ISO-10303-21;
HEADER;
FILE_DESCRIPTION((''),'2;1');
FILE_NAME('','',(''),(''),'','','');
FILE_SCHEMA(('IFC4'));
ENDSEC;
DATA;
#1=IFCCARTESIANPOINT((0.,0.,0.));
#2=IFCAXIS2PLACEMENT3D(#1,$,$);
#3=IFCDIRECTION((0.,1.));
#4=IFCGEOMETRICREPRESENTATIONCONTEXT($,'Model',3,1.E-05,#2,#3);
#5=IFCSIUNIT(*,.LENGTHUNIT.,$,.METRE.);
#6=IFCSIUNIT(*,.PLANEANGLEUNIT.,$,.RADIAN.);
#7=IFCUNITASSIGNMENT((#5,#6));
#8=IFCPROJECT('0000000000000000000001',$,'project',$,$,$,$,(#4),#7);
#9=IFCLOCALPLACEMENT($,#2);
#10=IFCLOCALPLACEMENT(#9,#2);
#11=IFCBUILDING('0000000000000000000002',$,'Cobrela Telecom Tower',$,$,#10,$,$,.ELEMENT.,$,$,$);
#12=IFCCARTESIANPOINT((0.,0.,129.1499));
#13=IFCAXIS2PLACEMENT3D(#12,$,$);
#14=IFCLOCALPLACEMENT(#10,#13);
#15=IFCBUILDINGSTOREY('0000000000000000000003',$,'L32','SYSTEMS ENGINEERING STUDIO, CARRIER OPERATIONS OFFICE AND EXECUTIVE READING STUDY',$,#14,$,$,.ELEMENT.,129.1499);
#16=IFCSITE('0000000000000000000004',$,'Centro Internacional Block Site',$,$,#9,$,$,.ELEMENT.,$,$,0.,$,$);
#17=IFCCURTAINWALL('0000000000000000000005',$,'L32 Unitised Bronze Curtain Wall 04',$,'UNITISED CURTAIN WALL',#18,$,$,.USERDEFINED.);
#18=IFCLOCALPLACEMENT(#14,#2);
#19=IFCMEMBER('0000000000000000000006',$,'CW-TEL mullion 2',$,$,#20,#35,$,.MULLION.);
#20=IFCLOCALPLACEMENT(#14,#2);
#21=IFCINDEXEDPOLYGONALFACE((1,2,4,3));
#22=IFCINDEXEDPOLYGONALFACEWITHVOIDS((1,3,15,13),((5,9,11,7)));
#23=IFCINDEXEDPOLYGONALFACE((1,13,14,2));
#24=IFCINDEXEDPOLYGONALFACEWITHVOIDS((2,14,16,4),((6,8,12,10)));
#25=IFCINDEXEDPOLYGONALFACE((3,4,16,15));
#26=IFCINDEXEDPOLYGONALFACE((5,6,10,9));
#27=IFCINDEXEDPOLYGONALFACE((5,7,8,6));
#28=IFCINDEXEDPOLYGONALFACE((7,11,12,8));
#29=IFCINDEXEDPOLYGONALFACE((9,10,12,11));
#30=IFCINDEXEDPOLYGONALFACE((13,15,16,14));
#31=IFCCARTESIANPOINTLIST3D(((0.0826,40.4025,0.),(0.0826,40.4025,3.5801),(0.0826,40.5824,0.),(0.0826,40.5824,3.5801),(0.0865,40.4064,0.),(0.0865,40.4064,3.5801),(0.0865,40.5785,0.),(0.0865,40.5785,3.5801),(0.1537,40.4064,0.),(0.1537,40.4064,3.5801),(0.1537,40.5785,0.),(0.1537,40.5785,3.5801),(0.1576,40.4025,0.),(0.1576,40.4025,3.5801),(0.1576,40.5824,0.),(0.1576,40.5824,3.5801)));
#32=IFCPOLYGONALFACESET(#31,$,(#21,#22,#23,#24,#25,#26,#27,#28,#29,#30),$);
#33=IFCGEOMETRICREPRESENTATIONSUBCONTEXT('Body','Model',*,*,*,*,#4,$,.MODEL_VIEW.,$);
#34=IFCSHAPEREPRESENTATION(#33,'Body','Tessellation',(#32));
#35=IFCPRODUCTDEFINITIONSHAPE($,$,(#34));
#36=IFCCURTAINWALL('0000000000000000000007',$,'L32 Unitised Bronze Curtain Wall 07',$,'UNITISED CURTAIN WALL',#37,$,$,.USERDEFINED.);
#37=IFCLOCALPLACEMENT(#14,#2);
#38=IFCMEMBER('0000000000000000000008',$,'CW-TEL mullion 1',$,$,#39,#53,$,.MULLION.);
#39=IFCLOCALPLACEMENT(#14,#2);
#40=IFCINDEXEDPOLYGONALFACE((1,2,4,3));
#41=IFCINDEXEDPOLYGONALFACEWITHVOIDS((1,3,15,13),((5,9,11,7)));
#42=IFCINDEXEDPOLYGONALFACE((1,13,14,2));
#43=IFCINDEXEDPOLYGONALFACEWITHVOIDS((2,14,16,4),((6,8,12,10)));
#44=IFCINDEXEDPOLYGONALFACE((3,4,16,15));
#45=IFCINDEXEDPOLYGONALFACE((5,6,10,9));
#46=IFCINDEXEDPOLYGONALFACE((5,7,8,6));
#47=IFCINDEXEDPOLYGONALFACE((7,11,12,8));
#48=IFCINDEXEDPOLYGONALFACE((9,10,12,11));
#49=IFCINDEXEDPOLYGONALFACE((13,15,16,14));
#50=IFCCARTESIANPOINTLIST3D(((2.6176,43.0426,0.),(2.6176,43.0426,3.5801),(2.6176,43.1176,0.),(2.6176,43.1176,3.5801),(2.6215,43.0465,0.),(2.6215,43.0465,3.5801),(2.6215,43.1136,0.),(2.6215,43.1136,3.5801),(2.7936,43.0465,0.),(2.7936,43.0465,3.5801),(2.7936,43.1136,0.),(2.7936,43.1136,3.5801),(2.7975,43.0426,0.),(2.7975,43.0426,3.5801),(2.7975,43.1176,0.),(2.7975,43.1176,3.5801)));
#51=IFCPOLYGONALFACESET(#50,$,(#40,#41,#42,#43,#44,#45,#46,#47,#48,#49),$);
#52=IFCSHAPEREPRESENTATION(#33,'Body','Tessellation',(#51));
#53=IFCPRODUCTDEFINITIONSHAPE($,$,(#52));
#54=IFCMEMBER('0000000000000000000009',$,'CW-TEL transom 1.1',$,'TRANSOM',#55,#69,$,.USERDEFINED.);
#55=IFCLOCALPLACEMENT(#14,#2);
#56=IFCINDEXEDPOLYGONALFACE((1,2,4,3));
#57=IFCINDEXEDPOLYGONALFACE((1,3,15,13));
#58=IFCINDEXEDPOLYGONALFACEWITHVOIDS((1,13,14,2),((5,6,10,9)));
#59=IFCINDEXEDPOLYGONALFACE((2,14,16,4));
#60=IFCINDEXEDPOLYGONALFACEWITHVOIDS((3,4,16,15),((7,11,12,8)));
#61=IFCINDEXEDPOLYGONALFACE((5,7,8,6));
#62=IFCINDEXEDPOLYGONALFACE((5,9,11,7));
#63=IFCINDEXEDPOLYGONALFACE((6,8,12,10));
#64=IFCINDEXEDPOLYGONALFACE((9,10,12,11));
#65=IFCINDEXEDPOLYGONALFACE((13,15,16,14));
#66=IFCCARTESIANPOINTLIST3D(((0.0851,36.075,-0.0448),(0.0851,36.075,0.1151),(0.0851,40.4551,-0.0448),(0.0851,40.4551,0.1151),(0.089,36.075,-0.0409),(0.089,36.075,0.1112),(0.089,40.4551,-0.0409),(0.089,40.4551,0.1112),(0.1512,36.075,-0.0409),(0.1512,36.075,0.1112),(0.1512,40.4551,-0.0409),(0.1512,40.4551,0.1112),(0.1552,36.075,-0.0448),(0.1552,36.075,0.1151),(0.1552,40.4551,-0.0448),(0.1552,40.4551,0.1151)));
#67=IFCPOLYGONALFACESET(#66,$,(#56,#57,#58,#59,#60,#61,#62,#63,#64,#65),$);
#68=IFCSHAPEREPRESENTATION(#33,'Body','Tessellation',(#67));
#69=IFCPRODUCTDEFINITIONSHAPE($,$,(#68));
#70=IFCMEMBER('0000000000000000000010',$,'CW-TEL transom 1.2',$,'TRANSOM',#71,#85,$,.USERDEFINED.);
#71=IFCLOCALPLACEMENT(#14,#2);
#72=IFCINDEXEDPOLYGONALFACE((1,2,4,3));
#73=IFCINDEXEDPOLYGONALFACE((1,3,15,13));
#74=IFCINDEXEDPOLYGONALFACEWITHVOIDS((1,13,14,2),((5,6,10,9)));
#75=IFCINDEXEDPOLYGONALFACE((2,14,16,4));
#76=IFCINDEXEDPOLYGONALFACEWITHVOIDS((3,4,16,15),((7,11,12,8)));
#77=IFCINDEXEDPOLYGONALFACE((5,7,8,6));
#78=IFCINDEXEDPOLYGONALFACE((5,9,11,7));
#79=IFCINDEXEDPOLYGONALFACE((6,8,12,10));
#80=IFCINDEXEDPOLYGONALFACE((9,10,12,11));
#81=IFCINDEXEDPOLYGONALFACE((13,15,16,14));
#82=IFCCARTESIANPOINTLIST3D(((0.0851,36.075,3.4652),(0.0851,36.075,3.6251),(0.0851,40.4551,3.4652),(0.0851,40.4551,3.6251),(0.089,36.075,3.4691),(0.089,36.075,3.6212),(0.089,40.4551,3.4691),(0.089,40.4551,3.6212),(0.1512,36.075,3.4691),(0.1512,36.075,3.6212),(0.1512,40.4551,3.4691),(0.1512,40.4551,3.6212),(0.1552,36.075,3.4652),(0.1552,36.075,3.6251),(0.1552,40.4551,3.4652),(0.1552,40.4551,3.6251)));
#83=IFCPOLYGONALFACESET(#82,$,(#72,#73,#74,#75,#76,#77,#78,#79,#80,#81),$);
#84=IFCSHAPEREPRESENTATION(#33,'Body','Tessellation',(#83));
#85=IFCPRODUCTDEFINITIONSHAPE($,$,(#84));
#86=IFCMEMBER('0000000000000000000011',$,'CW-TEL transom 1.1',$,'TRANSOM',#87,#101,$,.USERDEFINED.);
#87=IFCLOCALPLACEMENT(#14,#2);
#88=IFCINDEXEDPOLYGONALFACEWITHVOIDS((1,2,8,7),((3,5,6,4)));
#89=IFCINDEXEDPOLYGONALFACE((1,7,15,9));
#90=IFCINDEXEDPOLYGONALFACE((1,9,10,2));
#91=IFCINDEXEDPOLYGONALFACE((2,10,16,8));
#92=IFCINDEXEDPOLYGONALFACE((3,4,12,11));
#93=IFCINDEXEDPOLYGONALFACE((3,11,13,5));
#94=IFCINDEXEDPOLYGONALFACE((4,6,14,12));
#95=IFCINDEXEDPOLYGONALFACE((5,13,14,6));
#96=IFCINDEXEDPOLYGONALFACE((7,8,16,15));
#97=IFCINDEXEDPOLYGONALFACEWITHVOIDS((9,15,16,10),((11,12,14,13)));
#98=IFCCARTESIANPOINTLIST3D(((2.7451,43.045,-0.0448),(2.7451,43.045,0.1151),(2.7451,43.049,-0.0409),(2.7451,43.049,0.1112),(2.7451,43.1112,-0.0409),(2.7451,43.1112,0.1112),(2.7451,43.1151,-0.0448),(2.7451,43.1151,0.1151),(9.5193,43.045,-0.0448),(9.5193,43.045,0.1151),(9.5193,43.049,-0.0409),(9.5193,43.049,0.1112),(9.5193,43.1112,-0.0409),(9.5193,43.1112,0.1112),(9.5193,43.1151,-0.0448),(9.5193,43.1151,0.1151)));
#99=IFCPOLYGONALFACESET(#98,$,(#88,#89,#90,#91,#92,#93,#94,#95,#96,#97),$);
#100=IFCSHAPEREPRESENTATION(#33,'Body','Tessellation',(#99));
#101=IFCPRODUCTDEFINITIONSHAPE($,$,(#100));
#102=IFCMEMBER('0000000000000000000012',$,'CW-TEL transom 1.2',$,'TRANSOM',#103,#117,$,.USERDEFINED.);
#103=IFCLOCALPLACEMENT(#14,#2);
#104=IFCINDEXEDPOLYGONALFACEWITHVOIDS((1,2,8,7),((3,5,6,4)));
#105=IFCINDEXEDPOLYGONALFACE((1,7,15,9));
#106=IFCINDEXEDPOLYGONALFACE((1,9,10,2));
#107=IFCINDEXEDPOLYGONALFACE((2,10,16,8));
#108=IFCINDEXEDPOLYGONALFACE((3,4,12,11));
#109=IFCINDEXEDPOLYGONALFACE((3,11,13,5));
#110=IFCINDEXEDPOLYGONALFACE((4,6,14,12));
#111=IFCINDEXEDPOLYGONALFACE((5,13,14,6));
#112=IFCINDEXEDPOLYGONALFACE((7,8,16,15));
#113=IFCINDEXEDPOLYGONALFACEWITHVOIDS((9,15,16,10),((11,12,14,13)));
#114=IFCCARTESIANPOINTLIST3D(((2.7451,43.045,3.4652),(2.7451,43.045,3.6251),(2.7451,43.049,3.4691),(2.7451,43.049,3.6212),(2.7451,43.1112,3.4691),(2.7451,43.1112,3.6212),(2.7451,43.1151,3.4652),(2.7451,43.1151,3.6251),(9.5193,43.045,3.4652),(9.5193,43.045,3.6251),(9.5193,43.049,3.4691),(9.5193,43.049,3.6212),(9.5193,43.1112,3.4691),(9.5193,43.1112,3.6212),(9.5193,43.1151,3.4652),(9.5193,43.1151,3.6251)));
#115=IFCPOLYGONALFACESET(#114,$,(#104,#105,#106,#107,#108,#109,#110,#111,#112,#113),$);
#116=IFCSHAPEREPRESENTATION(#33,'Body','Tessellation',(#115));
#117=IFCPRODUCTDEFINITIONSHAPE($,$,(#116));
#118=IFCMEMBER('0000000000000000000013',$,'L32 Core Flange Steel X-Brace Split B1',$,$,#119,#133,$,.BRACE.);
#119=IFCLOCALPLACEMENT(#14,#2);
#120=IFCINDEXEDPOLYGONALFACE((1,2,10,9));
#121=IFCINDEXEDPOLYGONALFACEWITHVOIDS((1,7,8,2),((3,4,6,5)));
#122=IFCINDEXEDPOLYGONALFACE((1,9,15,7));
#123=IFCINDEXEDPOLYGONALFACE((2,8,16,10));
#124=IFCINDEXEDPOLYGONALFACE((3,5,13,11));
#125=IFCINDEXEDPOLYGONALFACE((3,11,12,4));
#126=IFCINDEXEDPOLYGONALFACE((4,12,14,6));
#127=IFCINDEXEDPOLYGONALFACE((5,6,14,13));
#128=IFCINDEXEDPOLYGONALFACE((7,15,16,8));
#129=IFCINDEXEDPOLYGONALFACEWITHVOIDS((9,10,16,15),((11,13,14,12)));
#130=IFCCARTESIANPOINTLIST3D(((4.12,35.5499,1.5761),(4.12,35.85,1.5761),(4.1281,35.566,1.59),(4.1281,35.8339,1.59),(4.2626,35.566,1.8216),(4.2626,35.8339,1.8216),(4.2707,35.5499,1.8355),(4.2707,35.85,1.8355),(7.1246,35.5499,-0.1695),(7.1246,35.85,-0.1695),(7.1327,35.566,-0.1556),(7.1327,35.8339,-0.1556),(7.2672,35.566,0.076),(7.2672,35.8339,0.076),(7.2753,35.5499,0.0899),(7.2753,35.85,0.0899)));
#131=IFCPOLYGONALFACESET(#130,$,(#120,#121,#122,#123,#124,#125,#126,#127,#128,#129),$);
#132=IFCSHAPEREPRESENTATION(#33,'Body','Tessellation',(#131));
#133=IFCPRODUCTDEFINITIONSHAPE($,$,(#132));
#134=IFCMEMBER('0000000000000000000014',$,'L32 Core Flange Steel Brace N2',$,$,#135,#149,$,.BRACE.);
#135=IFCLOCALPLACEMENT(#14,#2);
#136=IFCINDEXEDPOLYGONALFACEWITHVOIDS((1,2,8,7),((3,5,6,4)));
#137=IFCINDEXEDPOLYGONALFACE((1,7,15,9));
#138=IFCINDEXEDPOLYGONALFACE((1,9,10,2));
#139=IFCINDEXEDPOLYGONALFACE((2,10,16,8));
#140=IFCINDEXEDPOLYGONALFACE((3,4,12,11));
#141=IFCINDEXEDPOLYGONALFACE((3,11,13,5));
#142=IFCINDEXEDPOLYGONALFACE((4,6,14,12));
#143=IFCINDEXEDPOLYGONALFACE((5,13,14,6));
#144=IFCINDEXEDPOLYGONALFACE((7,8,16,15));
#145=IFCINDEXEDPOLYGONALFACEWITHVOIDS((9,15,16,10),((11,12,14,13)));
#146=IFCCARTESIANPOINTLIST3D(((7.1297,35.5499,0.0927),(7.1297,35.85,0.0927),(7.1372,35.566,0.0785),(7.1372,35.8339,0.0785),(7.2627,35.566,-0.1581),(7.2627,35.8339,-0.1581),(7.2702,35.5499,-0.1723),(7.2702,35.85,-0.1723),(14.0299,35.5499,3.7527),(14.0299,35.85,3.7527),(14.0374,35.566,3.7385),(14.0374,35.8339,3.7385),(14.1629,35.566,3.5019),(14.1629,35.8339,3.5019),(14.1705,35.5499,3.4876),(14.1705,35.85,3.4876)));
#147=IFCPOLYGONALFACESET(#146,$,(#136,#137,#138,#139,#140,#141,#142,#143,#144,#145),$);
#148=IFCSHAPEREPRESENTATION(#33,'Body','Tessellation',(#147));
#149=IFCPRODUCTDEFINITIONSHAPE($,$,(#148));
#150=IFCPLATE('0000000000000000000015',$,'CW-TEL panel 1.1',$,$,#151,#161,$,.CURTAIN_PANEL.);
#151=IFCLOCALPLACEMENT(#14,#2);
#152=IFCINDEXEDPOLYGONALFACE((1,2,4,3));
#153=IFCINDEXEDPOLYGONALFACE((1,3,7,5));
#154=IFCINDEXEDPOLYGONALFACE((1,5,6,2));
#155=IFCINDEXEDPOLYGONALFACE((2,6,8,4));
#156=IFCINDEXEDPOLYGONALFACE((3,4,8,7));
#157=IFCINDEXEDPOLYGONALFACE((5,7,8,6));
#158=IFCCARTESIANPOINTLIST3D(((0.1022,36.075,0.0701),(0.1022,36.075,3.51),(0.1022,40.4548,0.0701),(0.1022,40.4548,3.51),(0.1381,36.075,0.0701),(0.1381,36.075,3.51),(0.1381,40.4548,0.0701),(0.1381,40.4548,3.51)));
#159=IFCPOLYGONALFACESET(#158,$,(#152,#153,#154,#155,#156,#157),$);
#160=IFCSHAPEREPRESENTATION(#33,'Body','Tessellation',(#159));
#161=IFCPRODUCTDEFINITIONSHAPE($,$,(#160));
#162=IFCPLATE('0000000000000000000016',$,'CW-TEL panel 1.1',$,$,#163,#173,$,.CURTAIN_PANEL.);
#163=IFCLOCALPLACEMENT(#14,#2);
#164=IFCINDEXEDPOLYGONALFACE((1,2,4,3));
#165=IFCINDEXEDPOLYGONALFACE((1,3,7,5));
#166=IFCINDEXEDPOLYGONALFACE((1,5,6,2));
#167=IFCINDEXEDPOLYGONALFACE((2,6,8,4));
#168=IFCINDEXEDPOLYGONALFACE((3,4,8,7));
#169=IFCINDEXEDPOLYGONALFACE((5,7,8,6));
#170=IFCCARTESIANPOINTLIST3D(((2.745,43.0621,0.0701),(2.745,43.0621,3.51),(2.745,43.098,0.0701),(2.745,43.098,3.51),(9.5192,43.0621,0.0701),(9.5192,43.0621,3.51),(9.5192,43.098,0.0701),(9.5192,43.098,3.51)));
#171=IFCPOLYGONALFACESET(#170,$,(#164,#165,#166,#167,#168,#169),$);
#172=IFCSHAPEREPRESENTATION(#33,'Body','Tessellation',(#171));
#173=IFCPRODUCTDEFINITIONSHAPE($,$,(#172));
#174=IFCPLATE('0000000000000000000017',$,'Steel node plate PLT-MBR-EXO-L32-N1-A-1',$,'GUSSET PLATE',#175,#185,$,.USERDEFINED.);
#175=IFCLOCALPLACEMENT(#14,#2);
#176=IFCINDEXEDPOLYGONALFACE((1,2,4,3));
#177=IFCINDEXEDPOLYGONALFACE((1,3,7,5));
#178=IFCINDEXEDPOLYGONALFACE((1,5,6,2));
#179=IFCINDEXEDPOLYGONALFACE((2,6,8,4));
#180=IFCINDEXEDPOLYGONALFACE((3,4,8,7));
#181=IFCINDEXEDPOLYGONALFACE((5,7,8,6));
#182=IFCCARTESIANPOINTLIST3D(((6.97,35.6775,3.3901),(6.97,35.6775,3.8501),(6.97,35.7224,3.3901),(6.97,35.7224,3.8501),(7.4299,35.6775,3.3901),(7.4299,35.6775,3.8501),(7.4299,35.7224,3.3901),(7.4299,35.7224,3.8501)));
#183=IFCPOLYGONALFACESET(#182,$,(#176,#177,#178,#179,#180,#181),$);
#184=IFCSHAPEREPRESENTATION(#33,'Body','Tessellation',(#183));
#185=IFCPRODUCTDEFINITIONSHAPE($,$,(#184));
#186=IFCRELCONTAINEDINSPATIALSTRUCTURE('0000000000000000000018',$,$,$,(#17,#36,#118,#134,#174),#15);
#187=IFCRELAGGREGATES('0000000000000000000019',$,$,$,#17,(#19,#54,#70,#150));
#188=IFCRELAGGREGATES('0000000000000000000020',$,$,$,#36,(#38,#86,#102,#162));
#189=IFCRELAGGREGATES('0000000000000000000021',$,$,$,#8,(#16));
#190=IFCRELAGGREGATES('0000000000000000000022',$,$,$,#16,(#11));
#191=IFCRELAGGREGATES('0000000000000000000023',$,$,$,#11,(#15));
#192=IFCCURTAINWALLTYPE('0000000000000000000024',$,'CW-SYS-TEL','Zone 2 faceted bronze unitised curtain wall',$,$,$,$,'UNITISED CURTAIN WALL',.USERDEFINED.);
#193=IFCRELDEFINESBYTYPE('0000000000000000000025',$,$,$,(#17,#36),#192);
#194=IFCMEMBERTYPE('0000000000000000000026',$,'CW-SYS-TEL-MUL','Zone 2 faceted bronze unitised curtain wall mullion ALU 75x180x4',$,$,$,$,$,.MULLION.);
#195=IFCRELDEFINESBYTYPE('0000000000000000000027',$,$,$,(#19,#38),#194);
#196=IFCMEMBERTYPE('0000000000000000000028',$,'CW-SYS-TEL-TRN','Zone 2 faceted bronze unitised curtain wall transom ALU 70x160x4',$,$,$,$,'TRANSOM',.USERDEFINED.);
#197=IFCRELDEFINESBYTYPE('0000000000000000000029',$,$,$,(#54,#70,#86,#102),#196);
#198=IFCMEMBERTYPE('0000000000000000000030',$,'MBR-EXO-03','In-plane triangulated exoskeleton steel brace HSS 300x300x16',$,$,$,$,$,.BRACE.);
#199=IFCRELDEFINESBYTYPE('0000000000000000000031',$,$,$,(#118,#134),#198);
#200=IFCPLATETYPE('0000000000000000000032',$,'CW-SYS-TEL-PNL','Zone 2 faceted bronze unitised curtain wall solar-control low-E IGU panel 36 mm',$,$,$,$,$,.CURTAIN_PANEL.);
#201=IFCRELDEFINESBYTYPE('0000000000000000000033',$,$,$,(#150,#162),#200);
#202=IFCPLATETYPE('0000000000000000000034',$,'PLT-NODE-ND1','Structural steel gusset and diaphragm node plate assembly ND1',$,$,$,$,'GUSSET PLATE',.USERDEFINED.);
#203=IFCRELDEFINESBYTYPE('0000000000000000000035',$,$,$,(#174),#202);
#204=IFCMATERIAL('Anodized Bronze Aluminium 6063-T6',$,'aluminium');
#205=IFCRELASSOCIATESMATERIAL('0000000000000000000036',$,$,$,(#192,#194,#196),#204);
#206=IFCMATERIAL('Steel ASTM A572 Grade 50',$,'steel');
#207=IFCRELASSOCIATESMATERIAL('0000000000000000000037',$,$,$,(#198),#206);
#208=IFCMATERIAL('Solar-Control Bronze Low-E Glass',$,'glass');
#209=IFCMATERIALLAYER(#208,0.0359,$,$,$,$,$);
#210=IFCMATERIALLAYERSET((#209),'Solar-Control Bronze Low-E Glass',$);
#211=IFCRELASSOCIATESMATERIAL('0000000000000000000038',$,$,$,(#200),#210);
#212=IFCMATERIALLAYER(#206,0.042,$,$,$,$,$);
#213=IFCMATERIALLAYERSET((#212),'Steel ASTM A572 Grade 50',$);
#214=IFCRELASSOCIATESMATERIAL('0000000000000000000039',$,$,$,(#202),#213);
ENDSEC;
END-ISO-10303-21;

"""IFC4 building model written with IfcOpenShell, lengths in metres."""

from ifc_helpers import new_model, si_unit, direction, frame, origin, origin_2d, place, context, subcontext, project, spatial, rectangle, hollow_rectangle, extrude, material, layer, layer_set, material_profile, profile_set, type_object, element, aggregate, save


model = new_model("IFC4")

# Units and contexts
model_context = context("Model", 3, precision=1e-05, world=origin(), true_north=direction((0.0, 1.0)))
body_context = subcontext(model_context, "Body", "Model", "MODEL_VIEW")
ifc_project = project(units=[si_unit("LENGTHUNIT", "METRE"), si_unit("PLANEANGLEUNIT", "RADIAN")], contexts=[model_context])

# Site, building, storey
site_placement = place(None, origin())
site = spatial("IfcSite", under=ifc_project, at=site_placement, Name="Centro Internacional Block Site", CompositionType="ELEMENT", RefElevation=0.0)
building_placement = place(site_placement, origin())
building = spatial("IfcBuilding", under=site, at=building_placement, Name="Cobrela Telecom Tower", CompositionType="ELEMENT")
storey_placement = place(building_placement, frame((0.0, 0.0, 129.1499)))
storey = spatial("IfcBuildingStorey", under=building, at=storey_placement, Name="L32", Description="SYSTEMS ENGINEERING STUDIO, CARRIER OPERATIONS OFFICE AND EXECUTIVE READING STUDY", CompositionType="ELEMENT", Elevation=129.1499)

# Shared definitions
ifc_material_1 = material(Name="Steel ASTM A572 Grade 50", Category="steel")

# Curtain wall, member
ifc_material_2 = material(Name="Anodized Bronze Aluminium 6063-T6", Category="aluminium")
curtain_wall_type = type_object("IfcCurtainWallType", Name="CW-SYS-TEL", Description="Zone 2 faceted bronze unitised curtain wall", ElementType="UNITISED CURTAIN WALL", PredefinedType="USERDEFINED", material=ifc_material_2)
curtain_wall_1_placement = place(storey_placement, origin())
curtain_wall_1 = element("IfcCurtainWall", 1, at=curtain_wall_1_placement, inside=storey, type_object=curtain_wall_type, Name="L32 Unitised Bronze Curtain Wall 04", ObjectType="UNITISED CURTAIN WALL", PredefinedType="USERDEFINED")
ifc_material_profile_1 = material_profile(ifc_material_2, hollow_rectangle(XDim=0.075, YDim=0.1799, WallThickness=0.0039, at=origin_2d()), Name="ALU 75x180x4")
ifc_profile_set_1 = profile_set([ifc_material_profile_1], Name="Anodized Bronze Aluminium 6063-T6")
member_type_1 = type_object("IfcMemberType", Name="CW-SYS-TEL-MUL", Description="Zone 2 faceted bronze unitised curtain wall mullion ALU 75x180x4", PredefinedType="MULLION", material=ifc_profile_set_1)
member_1_placement = place(storey_placement, frame((0.1201, 40.4924, 0.0), z_axis=(0.0, 0.0, 1.0), x_axis=(-1.0, 0.0, 0.0)))
member_1 = element("IfcMember", 2, at=member_1_placement, type_object=member_type_1, Name="CW-TEL mullion 2", PredefinedType="MULLION", context=body_context, shape_type="SweptSolid", body=[
    extrude(hollow_rectangle(XDim=0.075, YDim=0.1799, WallThickness=0.0039, at=origin_2d()), origin(), (0.0, 0.0, 1.0), 3.5801),
])

# Curtain wall, member
curtain_wall_2_placement = place(storey_placement, origin())
curtain_wall_2 = element("IfcCurtainWall", 3, at=curtain_wall_2_placement, inside=storey, type_object=curtain_wall_type, Name="L32 Unitised Bronze Curtain Wall 07", ObjectType="UNITISED CURTAIN WALL", PredefinedType="USERDEFINED")
member_2_placement = place(storey_placement, frame((2.7075, 43.0801, 0.0), z_axis=(0.0, 0.0, 1.0), x_axis=(0.0, 1.0, 0.0)))
member_2 = element("IfcMember", 4, at=member_2_placement, type_object=member_type_1, Name="CW-TEL mullion 1", PredefinedType="MULLION", context=body_context, shape_type="SweptSolid", body=[
    extrude(hollow_rectangle(XDim=0.075, YDim=0.1799, WallThickness=0.0039, at=origin_2d()), origin(), (0.0, 0.0, 1.0), 3.5801),
])

# Members
ifc_material_profile_2 = material_profile(ifc_material_2, hollow_rectangle(XDim=0.0701, YDim=0.1599, WallThickness=0.0039, at=origin_2d()), Name="ALU 70x160x4")
ifc_profile_set_2 = profile_set([ifc_material_profile_2], Name="Anodized Bronze Aluminium 6063-T6")
member_type_2 = type_object("IfcMemberType", Name="CW-SYS-TEL-TRN", Description="Zone 2 faceted bronze unitised curtain wall transom ALU 70x160x4", ElementType="TRANSOM", PredefinedType="USERDEFINED", material=ifc_profile_set_2)
member_3_placement = place(storey_placement, frame((0.1201, 36.075, 0.0352), z_axis=(0.0, 1.0, 0.0), x_axis=(-1.0, 0.0, 0.0)))
member_3 = element("IfcMember", 5, at=member_3_placement, type_object=member_type_2, Name="CW-TEL transom 1.1", ObjectType="TRANSOM", PredefinedType="USERDEFINED", context=body_context, shape_type="SweptSolid", body=[
    extrude(hollow_rectangle(XDim=0.0701, YDim=0.1599, WallThickness=0.0039, at=origin_2d()), origin(), (0.0, 0.0, 1.0), 4.3801),
])
member_4_placement = place(storey_placement, frame((0.1201, 36.075, 3.5452), z_axis=(0.0, 1.0, 0.0), x_axis=(-1.0, 0.0, 0.0)))
member_4 = element("IfcMember", 6, at=member_4_placement, type_object=member_type_2, Name="CW-TEL transom 1.2", ObjectType="TRANSOM", PredefinedType="USERDEFINED", context=body_context, shape_type="SweptSolid", body=[
    extrude(hollow_rectangle(XDim=0.0701, YDim=0.1599, WallThickness=0.0039, at=origin_2d()), origin(), (0.0, 0.0, 1.0), 4.3801),
])
member_5_placement = place(storey_placement, frame((2.7451, 43.0801, 0.0352), z_axis=(1.0, 0.0, 0.0), x_axis=(0.0, 1.0, 0.0)))
member_5 = element("IfcMember", 7, at=member_5_placement, type_object=member_type_2, Name="CW-TEL transom 1.1", ObjectType="TRANSOM", PredefinedType="USERDEFINED", context=body_context, shape_type="SweptSolid", body=[
    extrude(hollow_rectangle(XDim=0.0701, YDim=0.1599, WallThickness=0.0039, at=origin_2d()), origin(), (0.0, 0.0, 1.0), 6.7742),
])
member_6_placement = place(storey_placement, frame((2.7451, 43.0801, 3.5452), z_axis=(1.0, 0.0, 0.0), x_axis=(0.0, 1.0, 0.0)))
member_6 = element("IfcMember", 8, at=member_6_placement, type_object=member_type_2, Name="CW-TEL transom 1.2", ObjectType="TRANSOM", PredefinedType="USERDEFINED", context=body_context, shape_type="SweptSolid", body=[
    extrude(hollow_rectangle(XDim=0.0701, YDim=0.1599, WallThickness=0.0039, at=origin_2d()), origin(), (0.0, 0.0, 1.0), 6.7742),
])

# Members
ifc_material_profile_3 = material_profile(ifc_material_1, hollow_rectangle(XDim=0.3, YDim=0.3, WallThickness=0.0161, at=origin_2d()), Name="HSS 300x300x16")
ifc_profile_set_3 = profile_set([ifc_material_profile_3], Name="Steel ASTM A572 Grade 50")
member_type_3 = type_object("IfcMemberType", Name="MBR-EXO-03", Description="In-plane triangulated exoskeleton steel brace HSS 300x300x16", PredefinedType="BRACE", material=ifc_profile_set_3)
member_7_placement = place(storey_placement, frame((7.2, 35.7, -0.0398), z_axis=(-0.864667, 0.0, 0.502346), x_axis=(0.0, -1.0, 0.0)))
element("IfcMember", 9, at=member_7_placement, inside=storey, type_object=member_type_3, Name="L32 Core Flange Steel X-Brace Split B1", PredefinedType="BRACE", context=body_context, shape_type="SweptSolid", body=[
    extrude(hollow_rectangle(XDim=0.3, YDim=0.3, WallThickness=0.0161, at=origin_2d()), origin(), (0.0, 0.0, 1.0), 3.4749),
])
member_8_placement = place(storey_placement, frame((7.2, 35.7, -0.0398), z_axis=(0.883423, 0.0, 0.468577), x_axis=(0.0, 1.0, 0.0)))
element("IfcMember", 10, at=member_8_placement, inside=storey, type_object=member_type_3, Name="L32 Core Flange Steel Brace N2", PredefinedType="BRACE", context=body_context, shape_type="SweptSolid", body=[
    extrude(hollow_rectangle(XDim=0.3, YDim=0.3, WallThickness=0.0161, at=origin_2d()), origin(), (0.0, 0.0, 1.0), 7.8108),
])

# Plates
ifc_material_3 = material(Name="Solar-Control Bronze Low-E Glass", Category="glass")
ifc_layer_1 = layer(ifc_material_3, 0.0359)
ifc_layer_set_1 = layer_set([ifc_layer_1], Name="Solar-Control Bronze Low-E Glass")
plate_type_1 = type_object("IfcPlateType", Name="CW-SYS-TEL-PNL", Description="Zone 2 faceted bronze unitised curtain wall solar-control low-E IGU panel 36 mm", PredefinedType="CURTAIN_PANEL", material=ifc_layer_set_1)
plate_1_placement = place(storey_placement, frame((0.1201, 38.2649, 0.0701), z_axis=(0.0, 0.0, 1.0), x_axis=(0.0, 1.0, 0.0)))
plate_1 = element("IfcPlate", 11, at=plate_1_placement, type_object=plate_type_1, Name="CW-TEL panel 1.1", PredefinedType="CURTAIN_PANEL", context=body_context, shape_type="SweptSolid", body=[
    extrude(rectangle(XDim=4.3799, YDim=0.0359, at=origin_2d()), origin(), (0.0, 0.0, 1.0), 3.4399),
])
aggregate(curtain_wall_1, [member_1, member_3, member_4, plate_1])
plate_2_placement = place(storey_placement, frame((6.1321, 43.0801, 0.0701), z_axis=(0.0, 0.0, 1.0), x_axis=(1.0, 0.0, 0.0)))
plate_2 = element("IfcPlate", 12, at=plate_2_placement, type_object=plate_type_1, Name="CW-TEL panel 1.1", PredefinedType="CURTAIN_PANEL", context=body_context, shape_type="SweptSolid", body=[
    extrude(rectangle(XDim=6.7742, YDim=0.0359, at=origin_2d()), origin(), (0.0, 0.0, 1.0), 3.4399),
])
aggregate(curtain_wall_2, [member_2, member_5, member_6, plate_2])

# Plate
ifc_layer_2 = layer(ifc_material_1, 0.042)
ifc_layer_set_2 = layer_set([ifc_layer_2], Name="Steel ASTM A572 Grade 50")
plate_type_2 = type_object("IfcPlateType", Name="PLT-NODE-ND1", Description="Structural steel gusset and diaphragm node plate assembly ND1", ElementType="GUSSET PLATE", PredefinedType="USERDEFINED", material=ifc_layer_set_2)
for number, where, z_axis, x_axis, name in (
    (13, (7.2, 35.7, 3.3901), (0.0, 0.0, 1.0), (1.0, 0.0, 0.0), "Steel node plate PLT-MBR-EXO-L32-N1-A-1"),
):
    element("IfcPlate", number, at=place(storey_placement, frame(where, z_axis=z_axis, x_axis=x_axis)), inside=storey, type_object=plate_type_2, Name=name, ObjectType="GUSSET PLATE", PredefinedType="USERDEFINED", context=body_context, shape_type="SweptSolid", body=[
        extrude(rectangle(XDim=0.46, YDim=0.0449, at=origin_2d()), origin(), (0.0, 0.0, 1.0), 0.46),
    ])

save(model, "model.ifc")
